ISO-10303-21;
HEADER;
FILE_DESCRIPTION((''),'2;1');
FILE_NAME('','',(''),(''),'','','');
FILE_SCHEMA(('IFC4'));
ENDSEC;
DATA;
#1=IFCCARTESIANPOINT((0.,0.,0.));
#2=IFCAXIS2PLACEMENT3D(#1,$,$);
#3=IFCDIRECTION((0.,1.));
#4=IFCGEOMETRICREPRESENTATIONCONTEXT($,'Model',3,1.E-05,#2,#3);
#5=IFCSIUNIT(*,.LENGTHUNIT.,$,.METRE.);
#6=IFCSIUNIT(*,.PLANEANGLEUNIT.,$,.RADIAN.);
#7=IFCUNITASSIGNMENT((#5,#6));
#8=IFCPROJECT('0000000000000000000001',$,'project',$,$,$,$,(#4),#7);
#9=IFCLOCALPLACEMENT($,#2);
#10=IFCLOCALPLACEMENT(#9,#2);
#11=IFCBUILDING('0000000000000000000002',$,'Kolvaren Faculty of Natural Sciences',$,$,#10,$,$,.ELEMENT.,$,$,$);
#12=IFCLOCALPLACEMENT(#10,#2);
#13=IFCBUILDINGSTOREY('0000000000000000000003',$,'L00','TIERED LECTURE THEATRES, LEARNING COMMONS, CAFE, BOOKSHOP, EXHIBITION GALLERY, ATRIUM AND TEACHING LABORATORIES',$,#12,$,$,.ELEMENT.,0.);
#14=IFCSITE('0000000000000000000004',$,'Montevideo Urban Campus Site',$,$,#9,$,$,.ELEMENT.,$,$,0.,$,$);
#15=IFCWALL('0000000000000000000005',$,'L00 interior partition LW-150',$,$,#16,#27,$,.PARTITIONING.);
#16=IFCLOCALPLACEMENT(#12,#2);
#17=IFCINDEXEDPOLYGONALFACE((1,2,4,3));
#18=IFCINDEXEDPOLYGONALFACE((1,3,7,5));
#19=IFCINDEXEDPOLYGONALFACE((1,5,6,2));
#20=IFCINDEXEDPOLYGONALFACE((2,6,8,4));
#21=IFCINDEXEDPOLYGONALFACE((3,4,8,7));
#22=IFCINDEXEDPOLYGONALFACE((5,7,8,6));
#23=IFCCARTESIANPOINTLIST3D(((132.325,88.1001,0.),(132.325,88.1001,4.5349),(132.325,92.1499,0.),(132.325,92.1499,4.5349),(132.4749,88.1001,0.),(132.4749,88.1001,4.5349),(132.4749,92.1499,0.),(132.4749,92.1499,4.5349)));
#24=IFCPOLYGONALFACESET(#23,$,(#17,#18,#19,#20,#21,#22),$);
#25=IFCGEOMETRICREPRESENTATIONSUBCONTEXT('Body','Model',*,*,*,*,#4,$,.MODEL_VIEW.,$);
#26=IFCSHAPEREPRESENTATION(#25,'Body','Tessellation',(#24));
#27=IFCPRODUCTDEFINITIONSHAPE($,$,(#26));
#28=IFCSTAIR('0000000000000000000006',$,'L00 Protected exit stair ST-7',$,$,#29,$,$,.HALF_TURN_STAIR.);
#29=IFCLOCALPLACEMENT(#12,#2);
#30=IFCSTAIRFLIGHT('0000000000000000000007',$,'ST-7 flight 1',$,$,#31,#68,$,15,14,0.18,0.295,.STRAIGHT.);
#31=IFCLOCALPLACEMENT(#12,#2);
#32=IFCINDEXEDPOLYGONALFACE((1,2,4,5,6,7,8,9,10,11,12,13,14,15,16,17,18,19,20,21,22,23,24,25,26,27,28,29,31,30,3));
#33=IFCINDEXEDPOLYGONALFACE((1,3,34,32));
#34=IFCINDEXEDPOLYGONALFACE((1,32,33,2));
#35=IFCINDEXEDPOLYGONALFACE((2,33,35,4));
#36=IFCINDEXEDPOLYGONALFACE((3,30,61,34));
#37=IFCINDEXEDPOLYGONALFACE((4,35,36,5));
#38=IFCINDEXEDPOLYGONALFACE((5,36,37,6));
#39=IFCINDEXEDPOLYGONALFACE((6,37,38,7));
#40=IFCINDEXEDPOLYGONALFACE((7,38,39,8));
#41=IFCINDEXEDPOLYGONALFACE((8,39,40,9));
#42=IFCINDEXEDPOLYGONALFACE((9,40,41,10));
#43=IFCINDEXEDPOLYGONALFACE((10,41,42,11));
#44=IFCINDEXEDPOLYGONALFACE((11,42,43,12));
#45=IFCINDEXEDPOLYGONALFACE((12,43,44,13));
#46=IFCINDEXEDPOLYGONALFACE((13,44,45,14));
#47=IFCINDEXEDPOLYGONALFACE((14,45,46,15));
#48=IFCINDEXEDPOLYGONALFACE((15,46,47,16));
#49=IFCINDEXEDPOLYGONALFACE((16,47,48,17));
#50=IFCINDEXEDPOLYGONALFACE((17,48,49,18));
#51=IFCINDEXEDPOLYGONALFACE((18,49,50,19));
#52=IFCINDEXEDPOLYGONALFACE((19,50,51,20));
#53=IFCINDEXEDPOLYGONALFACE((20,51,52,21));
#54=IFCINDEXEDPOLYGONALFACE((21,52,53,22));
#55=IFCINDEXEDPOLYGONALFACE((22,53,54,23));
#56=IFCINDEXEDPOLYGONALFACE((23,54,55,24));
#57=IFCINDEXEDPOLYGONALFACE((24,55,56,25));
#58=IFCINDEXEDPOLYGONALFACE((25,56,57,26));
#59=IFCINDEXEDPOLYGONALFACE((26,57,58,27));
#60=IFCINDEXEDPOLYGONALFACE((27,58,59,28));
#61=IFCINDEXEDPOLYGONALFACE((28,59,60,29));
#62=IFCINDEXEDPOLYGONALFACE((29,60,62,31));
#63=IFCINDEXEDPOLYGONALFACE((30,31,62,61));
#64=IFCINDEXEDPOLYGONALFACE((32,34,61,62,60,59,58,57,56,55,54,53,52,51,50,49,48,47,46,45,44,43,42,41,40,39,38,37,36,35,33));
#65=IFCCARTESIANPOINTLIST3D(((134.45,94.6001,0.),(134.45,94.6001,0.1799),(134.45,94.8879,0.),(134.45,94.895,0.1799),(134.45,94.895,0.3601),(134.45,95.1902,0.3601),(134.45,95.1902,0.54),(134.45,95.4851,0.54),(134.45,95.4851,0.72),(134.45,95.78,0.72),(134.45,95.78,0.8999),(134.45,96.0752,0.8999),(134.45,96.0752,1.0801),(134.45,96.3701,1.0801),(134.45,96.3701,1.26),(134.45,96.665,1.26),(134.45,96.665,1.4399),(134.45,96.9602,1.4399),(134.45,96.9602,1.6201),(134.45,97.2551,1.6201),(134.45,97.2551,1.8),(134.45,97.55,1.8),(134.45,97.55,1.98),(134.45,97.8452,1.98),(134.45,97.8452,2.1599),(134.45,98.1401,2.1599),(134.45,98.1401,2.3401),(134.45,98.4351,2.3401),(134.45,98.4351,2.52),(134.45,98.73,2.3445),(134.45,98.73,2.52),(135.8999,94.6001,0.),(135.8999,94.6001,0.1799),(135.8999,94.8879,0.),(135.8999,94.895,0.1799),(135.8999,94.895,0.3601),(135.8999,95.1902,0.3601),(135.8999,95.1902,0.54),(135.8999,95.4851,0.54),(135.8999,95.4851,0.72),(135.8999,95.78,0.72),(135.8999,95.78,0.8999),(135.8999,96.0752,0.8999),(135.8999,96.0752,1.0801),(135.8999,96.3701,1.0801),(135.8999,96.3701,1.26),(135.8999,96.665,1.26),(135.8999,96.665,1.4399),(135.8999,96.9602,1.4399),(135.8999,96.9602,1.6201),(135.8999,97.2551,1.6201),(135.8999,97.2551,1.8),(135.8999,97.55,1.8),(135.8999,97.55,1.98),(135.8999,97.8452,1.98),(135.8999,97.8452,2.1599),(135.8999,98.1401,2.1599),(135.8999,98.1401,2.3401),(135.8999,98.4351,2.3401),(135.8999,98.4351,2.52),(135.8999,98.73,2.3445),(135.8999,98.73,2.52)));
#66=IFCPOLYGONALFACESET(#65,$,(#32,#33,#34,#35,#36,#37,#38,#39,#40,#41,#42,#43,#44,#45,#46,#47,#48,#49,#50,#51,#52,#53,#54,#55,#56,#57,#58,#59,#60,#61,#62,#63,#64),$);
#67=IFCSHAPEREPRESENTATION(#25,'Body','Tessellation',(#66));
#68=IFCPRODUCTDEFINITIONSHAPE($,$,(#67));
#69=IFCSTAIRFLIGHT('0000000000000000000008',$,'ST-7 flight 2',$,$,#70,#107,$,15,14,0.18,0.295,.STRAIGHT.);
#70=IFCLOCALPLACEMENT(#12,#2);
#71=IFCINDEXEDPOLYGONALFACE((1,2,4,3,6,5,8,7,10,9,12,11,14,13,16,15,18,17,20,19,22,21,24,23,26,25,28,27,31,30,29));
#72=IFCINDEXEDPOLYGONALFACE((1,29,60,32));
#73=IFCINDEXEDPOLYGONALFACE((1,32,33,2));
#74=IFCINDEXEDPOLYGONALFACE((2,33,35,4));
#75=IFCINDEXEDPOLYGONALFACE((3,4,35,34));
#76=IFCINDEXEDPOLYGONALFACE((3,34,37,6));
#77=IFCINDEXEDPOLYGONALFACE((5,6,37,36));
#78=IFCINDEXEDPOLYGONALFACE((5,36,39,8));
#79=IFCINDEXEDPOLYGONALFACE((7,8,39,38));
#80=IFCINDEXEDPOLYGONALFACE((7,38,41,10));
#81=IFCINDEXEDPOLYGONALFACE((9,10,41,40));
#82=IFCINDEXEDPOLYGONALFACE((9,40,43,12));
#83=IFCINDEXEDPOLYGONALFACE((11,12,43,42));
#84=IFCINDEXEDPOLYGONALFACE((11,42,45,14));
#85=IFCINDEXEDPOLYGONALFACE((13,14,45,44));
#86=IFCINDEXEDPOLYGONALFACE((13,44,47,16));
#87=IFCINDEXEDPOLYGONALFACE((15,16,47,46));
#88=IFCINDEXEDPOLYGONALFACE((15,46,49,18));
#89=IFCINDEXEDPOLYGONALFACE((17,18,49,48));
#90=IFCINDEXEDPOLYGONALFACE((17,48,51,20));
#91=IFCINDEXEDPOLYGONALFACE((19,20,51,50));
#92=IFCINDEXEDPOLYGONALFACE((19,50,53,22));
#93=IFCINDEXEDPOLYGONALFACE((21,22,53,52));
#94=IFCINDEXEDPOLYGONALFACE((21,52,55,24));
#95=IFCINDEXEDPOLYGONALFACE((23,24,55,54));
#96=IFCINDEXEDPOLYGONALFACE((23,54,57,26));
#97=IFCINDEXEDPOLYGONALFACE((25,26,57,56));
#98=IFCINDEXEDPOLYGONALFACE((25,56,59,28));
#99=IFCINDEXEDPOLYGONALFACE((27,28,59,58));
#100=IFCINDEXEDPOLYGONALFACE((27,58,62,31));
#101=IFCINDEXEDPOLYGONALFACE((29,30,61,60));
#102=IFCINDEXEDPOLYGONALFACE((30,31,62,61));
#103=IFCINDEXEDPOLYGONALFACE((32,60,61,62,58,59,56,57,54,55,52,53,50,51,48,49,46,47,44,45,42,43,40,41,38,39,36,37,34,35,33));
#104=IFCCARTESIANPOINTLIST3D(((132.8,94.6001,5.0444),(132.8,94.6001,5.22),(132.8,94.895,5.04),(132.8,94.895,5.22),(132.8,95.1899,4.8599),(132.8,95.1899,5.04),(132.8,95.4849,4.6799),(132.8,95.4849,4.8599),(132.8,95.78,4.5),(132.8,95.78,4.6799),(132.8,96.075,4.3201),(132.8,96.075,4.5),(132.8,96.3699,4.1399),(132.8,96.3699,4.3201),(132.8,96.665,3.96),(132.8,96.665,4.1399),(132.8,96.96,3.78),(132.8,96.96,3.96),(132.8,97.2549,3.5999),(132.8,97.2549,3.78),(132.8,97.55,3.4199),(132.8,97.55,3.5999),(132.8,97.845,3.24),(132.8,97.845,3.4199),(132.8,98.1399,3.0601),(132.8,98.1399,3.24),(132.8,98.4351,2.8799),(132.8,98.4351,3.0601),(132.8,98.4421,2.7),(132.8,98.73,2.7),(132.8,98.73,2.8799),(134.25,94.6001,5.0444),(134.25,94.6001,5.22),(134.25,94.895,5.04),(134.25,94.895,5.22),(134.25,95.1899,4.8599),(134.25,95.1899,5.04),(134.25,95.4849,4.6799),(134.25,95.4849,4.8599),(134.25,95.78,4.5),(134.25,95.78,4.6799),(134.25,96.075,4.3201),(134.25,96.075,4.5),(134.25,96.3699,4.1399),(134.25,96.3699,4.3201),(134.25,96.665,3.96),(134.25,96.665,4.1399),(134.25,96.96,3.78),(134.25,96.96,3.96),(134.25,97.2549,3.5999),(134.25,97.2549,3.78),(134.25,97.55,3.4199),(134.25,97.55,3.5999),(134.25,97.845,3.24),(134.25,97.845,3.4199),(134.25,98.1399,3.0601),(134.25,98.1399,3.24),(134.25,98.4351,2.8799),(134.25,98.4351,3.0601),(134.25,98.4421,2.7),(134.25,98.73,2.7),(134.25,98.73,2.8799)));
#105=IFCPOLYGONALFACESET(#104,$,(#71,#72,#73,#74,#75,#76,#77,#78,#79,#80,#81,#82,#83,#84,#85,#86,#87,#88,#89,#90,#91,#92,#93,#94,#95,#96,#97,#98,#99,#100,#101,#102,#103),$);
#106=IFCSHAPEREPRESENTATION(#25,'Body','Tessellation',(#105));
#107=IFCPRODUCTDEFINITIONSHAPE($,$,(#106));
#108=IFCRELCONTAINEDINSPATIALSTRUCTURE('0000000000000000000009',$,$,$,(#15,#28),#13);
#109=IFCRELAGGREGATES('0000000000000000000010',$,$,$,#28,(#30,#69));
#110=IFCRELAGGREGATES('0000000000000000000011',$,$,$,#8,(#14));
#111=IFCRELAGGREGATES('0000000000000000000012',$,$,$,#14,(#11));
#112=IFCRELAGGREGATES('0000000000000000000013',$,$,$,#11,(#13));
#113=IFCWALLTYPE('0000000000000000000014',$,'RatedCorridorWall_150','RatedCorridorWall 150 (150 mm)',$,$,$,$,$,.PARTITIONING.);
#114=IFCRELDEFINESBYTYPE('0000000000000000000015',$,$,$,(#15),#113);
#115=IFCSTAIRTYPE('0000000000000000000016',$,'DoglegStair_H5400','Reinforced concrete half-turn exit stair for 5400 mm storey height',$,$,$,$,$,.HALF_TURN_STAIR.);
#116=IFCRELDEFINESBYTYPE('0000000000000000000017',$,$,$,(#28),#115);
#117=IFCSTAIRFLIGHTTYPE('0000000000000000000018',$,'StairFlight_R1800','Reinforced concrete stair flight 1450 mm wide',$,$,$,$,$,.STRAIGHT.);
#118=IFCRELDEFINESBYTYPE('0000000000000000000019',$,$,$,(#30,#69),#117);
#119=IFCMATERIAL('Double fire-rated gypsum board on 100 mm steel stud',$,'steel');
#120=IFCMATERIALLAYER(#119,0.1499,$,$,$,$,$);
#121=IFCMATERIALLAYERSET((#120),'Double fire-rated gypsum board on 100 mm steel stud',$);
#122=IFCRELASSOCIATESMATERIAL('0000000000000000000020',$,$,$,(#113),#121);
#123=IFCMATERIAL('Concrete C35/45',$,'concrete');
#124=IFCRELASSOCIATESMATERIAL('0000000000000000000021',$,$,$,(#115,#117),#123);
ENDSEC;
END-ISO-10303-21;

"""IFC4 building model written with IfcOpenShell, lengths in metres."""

from ifc_helpers import new_model, si_unit, direction, frame, frame_2d, origin, place, context, subcontext, project, spatial, polyline, rectangle, outline, extrude, material, layer, layer_set, type_object, element, aggregate, save


model = new_model("IFC4")

# Units and contexts
model_context = context("Model", 3, precision=1e-05, world=origin(), true_north=direction((0.0, 1.0)))
body_context = subcontext(model_context, "Body", "Model", "MODEL_VIEW")
ifc_project = project(units=[si_unit("LENGTHUNIT", "METRE"), si_unit("PLANEANGLEUNIT", "RADIAN")], contexts=[model_context])

# Site, building, storey
site_placement = place(None, origin())
site = spatial("IfcSite", under=ifc_project, at=site_placement, Name="Montevideo Urban Campus Site", CompositionType="ELEMENT", RefElevation=0.0)
building_placement = place(site_placement, origin())
building = spatial("IfcBuilding", under=site, at=building_placement, Name="Kolvaren Faculty of Natural Sciences", CompositionType="ELEMENT")
storey_placement = place(building_placement, origin())
storey = spatial("IfcBuildingStorey", under=building, at=storey_placement, Name="L00", Description="TIERED LECTURE THEATRES, LEARNING COMMONS, CAFE, BOOKSHOP, EXHIBITION GALLERY, ATRIUM AND TEACHING LABORATORIES", CompositionType="ELEMENT", Elevation=0.0)

# Shared definitions
ifc_material_1 = material(Name="Concrete C35/45", Category="concrete")

# Wall
ifc_material_2 = material(Name="Double fire-rated gypsum board on 100 mm steel stud", Category="steel")
ifc_layer_1 = layer(ifc_material_2, 0.1499)
ifc_layer_set_1 = layer_set([ifc_layer_1], Name="Double fire-rated gypsum board on 100 mm steel stud")
wall_type_1 = type_object("IfcWallType", Name="RatedCorridorWall_150", Description="RatedCorridorWall 150 (150 mm)", PredefinedType="PARTITIONING", material=ifc_layer_set_1)
wall_1_placement = place(storey_placement, frame((132.3999, 88.1001, 0.0), z_axis=(0.0, 0.0, 1.0), x_axis=(0.0, 1.0, 0.0)))
element("IfcWall", 1, at=wall_1_placement, inside=storey, type_object=wall_type_1, Name="L00 interior partition LW-150", PredefinedType="PARTITIONING", context=body_context, shape_type="SweptSolid", body=[
    extrude(rectangle(XDim=4.0498, YDim=0.1499, at=frame_2d((2.0249, 0.0))), origin(), (0.0, 0.0, 1.0), 4.5349),
])

# Stair, stair flights
stair_type = type_object("IfcStairType", Name="DoglegStair_H5400", Description="Reinforced concrete half-turn exit stair for 5400 mm storey height", PredefinedType="HALF_TURN_STAIR", material=ifc_material_1)
stair_placement = place(storey_placement, origin())
stair = element("IfcStair", 2, at=stair_placement, inside=storey, type_object=stair_type, Name="L00 Protected exit stair ST-7", PredefinedType="HALF_TURN_STAIR")
stair_flight_type = type_object("IfcStairFlightType", Name="StairFlight_R1800", Description="Reinforced concrete stair flight 1450 mm wide", PredefinedType="STRAIGHT", material=ifc_material_1)
stair_flight_1_placement = place(storey_placement, frame((135.175, 94.6001, 0.0), z_axis=(0.0, 0.0, 1.0), x_axis=(0.0, 1.0, 0.0)))
stair_flight_1 = element("IfcStairFlight", 3, at=stair_flight_1_placement, type_object=stair_flight_type, Name="ST-7 flight 1", NumberOfRisers=15, NumberOfTreads=14, PredefinedType="STRAIGHT", RiserHeight=0.18, TreadLength=0.295, context=body_context, shape_type="SweptSolid", body=[
    extrude(outline(polyline([(0.0, 0.0), (0.0, 0.1799), (0.2949, 0.1799), (0.2949, 0.3601), (0.5901, 0.3601), (0.5901, 0.54), (0.885, 0.54), (0.885, 0.72), (1.1799, 0.72), (1.1799, 0.8999), (1.4751, 0.8999), (1.4751, 1.0801), (1.77, 1.0801), (1.77, 1.26), (2.0649, 1.26), (2.0649, 1.4399), (2.3601, 1.4399), (2.3601, 1.6201), (2.655, 1.6201), (2.655, 1.8), (2.95, 1.8), (2.95, 1.98), (3.2451, 1.98), (3.2451, 2.1599), (3.54, 2.1599), (3.54, 2.3401), (3.835, 2.3401), (3.835, 2.52), (4.1299, 2.52), (4.1299, 2.7), (4.1299, 2.3445), (0.2878, 0.0), (0.0, 0.0)])), frame((0.0, 0.7251, 0.0), z_axis=(0.0, -1.0, 0.0), x_axis=(1.0, 0.0, 0.0)), (0.0, 0.0, 1.0), 1.45),
])
stair_flight_2_placement = place(storey_placement, frame((133.5249, 98.73, 2.7), z_axis=(0.0, 0.0, 1.0), x_axis=(0.0, -1.0, 0.0)))
stair_flight_2 = element("IfcStairFlight", 4, at=stair_flight_2_placement, type_object=stair_flight_type, Name="ST-7 flight 2", NumberOfRisers=15, NumberOfTreads=14, PredefinedType="STRAIGHT", RiserHeight=0.18, TreadLength=0.295, context=body_context, shape_type="SweptSolid", body=[
    extrude(outline(polyline([(0.0, 0.0), (0.0, 0.1799), (0.2949, 0.1799), (0.2949, 0.3601), (0.5901, 0.3601), (0.5901, 0.54), (0.885, 0.54), (0.885, 0.72), (1.1799, 0.72), (1.1799, 0.8999), (1.4751, 0.8999), (1.4751, 1.0801), (1.77, 1.0801), (1.77, 1.26), (2.0649, 1.26), (2.0649, 1.4399), (2.3601, 1.4399), (2.3601, 1.6201), (2.655, 1.6201), (2.655, 1.8), (2.95, 1.8), (2.95, 1.98), (3.2451, 1.98), (3.2451, 2.1599), (3.54, 2.1599), (3.54, 2.3401), (3.835, 2.3401), (3.835, 2.52), (4.1299, 2.52), (4.1299, 2.7), (4.1299, 2.3445), (0.2878, 0.0), (0.0, 0.0)])), frame((0.0, 0.7251, 0.0), z_axis=(0.0, -1.0, 0.0), x_axis=(1.0, 0.0, 0.0)), (0.0, 0.0, 1.0), 1.45),
])
aggregate(stair, [stair_flight_1, stair_flight_2])

save(model, "model.ifc")
